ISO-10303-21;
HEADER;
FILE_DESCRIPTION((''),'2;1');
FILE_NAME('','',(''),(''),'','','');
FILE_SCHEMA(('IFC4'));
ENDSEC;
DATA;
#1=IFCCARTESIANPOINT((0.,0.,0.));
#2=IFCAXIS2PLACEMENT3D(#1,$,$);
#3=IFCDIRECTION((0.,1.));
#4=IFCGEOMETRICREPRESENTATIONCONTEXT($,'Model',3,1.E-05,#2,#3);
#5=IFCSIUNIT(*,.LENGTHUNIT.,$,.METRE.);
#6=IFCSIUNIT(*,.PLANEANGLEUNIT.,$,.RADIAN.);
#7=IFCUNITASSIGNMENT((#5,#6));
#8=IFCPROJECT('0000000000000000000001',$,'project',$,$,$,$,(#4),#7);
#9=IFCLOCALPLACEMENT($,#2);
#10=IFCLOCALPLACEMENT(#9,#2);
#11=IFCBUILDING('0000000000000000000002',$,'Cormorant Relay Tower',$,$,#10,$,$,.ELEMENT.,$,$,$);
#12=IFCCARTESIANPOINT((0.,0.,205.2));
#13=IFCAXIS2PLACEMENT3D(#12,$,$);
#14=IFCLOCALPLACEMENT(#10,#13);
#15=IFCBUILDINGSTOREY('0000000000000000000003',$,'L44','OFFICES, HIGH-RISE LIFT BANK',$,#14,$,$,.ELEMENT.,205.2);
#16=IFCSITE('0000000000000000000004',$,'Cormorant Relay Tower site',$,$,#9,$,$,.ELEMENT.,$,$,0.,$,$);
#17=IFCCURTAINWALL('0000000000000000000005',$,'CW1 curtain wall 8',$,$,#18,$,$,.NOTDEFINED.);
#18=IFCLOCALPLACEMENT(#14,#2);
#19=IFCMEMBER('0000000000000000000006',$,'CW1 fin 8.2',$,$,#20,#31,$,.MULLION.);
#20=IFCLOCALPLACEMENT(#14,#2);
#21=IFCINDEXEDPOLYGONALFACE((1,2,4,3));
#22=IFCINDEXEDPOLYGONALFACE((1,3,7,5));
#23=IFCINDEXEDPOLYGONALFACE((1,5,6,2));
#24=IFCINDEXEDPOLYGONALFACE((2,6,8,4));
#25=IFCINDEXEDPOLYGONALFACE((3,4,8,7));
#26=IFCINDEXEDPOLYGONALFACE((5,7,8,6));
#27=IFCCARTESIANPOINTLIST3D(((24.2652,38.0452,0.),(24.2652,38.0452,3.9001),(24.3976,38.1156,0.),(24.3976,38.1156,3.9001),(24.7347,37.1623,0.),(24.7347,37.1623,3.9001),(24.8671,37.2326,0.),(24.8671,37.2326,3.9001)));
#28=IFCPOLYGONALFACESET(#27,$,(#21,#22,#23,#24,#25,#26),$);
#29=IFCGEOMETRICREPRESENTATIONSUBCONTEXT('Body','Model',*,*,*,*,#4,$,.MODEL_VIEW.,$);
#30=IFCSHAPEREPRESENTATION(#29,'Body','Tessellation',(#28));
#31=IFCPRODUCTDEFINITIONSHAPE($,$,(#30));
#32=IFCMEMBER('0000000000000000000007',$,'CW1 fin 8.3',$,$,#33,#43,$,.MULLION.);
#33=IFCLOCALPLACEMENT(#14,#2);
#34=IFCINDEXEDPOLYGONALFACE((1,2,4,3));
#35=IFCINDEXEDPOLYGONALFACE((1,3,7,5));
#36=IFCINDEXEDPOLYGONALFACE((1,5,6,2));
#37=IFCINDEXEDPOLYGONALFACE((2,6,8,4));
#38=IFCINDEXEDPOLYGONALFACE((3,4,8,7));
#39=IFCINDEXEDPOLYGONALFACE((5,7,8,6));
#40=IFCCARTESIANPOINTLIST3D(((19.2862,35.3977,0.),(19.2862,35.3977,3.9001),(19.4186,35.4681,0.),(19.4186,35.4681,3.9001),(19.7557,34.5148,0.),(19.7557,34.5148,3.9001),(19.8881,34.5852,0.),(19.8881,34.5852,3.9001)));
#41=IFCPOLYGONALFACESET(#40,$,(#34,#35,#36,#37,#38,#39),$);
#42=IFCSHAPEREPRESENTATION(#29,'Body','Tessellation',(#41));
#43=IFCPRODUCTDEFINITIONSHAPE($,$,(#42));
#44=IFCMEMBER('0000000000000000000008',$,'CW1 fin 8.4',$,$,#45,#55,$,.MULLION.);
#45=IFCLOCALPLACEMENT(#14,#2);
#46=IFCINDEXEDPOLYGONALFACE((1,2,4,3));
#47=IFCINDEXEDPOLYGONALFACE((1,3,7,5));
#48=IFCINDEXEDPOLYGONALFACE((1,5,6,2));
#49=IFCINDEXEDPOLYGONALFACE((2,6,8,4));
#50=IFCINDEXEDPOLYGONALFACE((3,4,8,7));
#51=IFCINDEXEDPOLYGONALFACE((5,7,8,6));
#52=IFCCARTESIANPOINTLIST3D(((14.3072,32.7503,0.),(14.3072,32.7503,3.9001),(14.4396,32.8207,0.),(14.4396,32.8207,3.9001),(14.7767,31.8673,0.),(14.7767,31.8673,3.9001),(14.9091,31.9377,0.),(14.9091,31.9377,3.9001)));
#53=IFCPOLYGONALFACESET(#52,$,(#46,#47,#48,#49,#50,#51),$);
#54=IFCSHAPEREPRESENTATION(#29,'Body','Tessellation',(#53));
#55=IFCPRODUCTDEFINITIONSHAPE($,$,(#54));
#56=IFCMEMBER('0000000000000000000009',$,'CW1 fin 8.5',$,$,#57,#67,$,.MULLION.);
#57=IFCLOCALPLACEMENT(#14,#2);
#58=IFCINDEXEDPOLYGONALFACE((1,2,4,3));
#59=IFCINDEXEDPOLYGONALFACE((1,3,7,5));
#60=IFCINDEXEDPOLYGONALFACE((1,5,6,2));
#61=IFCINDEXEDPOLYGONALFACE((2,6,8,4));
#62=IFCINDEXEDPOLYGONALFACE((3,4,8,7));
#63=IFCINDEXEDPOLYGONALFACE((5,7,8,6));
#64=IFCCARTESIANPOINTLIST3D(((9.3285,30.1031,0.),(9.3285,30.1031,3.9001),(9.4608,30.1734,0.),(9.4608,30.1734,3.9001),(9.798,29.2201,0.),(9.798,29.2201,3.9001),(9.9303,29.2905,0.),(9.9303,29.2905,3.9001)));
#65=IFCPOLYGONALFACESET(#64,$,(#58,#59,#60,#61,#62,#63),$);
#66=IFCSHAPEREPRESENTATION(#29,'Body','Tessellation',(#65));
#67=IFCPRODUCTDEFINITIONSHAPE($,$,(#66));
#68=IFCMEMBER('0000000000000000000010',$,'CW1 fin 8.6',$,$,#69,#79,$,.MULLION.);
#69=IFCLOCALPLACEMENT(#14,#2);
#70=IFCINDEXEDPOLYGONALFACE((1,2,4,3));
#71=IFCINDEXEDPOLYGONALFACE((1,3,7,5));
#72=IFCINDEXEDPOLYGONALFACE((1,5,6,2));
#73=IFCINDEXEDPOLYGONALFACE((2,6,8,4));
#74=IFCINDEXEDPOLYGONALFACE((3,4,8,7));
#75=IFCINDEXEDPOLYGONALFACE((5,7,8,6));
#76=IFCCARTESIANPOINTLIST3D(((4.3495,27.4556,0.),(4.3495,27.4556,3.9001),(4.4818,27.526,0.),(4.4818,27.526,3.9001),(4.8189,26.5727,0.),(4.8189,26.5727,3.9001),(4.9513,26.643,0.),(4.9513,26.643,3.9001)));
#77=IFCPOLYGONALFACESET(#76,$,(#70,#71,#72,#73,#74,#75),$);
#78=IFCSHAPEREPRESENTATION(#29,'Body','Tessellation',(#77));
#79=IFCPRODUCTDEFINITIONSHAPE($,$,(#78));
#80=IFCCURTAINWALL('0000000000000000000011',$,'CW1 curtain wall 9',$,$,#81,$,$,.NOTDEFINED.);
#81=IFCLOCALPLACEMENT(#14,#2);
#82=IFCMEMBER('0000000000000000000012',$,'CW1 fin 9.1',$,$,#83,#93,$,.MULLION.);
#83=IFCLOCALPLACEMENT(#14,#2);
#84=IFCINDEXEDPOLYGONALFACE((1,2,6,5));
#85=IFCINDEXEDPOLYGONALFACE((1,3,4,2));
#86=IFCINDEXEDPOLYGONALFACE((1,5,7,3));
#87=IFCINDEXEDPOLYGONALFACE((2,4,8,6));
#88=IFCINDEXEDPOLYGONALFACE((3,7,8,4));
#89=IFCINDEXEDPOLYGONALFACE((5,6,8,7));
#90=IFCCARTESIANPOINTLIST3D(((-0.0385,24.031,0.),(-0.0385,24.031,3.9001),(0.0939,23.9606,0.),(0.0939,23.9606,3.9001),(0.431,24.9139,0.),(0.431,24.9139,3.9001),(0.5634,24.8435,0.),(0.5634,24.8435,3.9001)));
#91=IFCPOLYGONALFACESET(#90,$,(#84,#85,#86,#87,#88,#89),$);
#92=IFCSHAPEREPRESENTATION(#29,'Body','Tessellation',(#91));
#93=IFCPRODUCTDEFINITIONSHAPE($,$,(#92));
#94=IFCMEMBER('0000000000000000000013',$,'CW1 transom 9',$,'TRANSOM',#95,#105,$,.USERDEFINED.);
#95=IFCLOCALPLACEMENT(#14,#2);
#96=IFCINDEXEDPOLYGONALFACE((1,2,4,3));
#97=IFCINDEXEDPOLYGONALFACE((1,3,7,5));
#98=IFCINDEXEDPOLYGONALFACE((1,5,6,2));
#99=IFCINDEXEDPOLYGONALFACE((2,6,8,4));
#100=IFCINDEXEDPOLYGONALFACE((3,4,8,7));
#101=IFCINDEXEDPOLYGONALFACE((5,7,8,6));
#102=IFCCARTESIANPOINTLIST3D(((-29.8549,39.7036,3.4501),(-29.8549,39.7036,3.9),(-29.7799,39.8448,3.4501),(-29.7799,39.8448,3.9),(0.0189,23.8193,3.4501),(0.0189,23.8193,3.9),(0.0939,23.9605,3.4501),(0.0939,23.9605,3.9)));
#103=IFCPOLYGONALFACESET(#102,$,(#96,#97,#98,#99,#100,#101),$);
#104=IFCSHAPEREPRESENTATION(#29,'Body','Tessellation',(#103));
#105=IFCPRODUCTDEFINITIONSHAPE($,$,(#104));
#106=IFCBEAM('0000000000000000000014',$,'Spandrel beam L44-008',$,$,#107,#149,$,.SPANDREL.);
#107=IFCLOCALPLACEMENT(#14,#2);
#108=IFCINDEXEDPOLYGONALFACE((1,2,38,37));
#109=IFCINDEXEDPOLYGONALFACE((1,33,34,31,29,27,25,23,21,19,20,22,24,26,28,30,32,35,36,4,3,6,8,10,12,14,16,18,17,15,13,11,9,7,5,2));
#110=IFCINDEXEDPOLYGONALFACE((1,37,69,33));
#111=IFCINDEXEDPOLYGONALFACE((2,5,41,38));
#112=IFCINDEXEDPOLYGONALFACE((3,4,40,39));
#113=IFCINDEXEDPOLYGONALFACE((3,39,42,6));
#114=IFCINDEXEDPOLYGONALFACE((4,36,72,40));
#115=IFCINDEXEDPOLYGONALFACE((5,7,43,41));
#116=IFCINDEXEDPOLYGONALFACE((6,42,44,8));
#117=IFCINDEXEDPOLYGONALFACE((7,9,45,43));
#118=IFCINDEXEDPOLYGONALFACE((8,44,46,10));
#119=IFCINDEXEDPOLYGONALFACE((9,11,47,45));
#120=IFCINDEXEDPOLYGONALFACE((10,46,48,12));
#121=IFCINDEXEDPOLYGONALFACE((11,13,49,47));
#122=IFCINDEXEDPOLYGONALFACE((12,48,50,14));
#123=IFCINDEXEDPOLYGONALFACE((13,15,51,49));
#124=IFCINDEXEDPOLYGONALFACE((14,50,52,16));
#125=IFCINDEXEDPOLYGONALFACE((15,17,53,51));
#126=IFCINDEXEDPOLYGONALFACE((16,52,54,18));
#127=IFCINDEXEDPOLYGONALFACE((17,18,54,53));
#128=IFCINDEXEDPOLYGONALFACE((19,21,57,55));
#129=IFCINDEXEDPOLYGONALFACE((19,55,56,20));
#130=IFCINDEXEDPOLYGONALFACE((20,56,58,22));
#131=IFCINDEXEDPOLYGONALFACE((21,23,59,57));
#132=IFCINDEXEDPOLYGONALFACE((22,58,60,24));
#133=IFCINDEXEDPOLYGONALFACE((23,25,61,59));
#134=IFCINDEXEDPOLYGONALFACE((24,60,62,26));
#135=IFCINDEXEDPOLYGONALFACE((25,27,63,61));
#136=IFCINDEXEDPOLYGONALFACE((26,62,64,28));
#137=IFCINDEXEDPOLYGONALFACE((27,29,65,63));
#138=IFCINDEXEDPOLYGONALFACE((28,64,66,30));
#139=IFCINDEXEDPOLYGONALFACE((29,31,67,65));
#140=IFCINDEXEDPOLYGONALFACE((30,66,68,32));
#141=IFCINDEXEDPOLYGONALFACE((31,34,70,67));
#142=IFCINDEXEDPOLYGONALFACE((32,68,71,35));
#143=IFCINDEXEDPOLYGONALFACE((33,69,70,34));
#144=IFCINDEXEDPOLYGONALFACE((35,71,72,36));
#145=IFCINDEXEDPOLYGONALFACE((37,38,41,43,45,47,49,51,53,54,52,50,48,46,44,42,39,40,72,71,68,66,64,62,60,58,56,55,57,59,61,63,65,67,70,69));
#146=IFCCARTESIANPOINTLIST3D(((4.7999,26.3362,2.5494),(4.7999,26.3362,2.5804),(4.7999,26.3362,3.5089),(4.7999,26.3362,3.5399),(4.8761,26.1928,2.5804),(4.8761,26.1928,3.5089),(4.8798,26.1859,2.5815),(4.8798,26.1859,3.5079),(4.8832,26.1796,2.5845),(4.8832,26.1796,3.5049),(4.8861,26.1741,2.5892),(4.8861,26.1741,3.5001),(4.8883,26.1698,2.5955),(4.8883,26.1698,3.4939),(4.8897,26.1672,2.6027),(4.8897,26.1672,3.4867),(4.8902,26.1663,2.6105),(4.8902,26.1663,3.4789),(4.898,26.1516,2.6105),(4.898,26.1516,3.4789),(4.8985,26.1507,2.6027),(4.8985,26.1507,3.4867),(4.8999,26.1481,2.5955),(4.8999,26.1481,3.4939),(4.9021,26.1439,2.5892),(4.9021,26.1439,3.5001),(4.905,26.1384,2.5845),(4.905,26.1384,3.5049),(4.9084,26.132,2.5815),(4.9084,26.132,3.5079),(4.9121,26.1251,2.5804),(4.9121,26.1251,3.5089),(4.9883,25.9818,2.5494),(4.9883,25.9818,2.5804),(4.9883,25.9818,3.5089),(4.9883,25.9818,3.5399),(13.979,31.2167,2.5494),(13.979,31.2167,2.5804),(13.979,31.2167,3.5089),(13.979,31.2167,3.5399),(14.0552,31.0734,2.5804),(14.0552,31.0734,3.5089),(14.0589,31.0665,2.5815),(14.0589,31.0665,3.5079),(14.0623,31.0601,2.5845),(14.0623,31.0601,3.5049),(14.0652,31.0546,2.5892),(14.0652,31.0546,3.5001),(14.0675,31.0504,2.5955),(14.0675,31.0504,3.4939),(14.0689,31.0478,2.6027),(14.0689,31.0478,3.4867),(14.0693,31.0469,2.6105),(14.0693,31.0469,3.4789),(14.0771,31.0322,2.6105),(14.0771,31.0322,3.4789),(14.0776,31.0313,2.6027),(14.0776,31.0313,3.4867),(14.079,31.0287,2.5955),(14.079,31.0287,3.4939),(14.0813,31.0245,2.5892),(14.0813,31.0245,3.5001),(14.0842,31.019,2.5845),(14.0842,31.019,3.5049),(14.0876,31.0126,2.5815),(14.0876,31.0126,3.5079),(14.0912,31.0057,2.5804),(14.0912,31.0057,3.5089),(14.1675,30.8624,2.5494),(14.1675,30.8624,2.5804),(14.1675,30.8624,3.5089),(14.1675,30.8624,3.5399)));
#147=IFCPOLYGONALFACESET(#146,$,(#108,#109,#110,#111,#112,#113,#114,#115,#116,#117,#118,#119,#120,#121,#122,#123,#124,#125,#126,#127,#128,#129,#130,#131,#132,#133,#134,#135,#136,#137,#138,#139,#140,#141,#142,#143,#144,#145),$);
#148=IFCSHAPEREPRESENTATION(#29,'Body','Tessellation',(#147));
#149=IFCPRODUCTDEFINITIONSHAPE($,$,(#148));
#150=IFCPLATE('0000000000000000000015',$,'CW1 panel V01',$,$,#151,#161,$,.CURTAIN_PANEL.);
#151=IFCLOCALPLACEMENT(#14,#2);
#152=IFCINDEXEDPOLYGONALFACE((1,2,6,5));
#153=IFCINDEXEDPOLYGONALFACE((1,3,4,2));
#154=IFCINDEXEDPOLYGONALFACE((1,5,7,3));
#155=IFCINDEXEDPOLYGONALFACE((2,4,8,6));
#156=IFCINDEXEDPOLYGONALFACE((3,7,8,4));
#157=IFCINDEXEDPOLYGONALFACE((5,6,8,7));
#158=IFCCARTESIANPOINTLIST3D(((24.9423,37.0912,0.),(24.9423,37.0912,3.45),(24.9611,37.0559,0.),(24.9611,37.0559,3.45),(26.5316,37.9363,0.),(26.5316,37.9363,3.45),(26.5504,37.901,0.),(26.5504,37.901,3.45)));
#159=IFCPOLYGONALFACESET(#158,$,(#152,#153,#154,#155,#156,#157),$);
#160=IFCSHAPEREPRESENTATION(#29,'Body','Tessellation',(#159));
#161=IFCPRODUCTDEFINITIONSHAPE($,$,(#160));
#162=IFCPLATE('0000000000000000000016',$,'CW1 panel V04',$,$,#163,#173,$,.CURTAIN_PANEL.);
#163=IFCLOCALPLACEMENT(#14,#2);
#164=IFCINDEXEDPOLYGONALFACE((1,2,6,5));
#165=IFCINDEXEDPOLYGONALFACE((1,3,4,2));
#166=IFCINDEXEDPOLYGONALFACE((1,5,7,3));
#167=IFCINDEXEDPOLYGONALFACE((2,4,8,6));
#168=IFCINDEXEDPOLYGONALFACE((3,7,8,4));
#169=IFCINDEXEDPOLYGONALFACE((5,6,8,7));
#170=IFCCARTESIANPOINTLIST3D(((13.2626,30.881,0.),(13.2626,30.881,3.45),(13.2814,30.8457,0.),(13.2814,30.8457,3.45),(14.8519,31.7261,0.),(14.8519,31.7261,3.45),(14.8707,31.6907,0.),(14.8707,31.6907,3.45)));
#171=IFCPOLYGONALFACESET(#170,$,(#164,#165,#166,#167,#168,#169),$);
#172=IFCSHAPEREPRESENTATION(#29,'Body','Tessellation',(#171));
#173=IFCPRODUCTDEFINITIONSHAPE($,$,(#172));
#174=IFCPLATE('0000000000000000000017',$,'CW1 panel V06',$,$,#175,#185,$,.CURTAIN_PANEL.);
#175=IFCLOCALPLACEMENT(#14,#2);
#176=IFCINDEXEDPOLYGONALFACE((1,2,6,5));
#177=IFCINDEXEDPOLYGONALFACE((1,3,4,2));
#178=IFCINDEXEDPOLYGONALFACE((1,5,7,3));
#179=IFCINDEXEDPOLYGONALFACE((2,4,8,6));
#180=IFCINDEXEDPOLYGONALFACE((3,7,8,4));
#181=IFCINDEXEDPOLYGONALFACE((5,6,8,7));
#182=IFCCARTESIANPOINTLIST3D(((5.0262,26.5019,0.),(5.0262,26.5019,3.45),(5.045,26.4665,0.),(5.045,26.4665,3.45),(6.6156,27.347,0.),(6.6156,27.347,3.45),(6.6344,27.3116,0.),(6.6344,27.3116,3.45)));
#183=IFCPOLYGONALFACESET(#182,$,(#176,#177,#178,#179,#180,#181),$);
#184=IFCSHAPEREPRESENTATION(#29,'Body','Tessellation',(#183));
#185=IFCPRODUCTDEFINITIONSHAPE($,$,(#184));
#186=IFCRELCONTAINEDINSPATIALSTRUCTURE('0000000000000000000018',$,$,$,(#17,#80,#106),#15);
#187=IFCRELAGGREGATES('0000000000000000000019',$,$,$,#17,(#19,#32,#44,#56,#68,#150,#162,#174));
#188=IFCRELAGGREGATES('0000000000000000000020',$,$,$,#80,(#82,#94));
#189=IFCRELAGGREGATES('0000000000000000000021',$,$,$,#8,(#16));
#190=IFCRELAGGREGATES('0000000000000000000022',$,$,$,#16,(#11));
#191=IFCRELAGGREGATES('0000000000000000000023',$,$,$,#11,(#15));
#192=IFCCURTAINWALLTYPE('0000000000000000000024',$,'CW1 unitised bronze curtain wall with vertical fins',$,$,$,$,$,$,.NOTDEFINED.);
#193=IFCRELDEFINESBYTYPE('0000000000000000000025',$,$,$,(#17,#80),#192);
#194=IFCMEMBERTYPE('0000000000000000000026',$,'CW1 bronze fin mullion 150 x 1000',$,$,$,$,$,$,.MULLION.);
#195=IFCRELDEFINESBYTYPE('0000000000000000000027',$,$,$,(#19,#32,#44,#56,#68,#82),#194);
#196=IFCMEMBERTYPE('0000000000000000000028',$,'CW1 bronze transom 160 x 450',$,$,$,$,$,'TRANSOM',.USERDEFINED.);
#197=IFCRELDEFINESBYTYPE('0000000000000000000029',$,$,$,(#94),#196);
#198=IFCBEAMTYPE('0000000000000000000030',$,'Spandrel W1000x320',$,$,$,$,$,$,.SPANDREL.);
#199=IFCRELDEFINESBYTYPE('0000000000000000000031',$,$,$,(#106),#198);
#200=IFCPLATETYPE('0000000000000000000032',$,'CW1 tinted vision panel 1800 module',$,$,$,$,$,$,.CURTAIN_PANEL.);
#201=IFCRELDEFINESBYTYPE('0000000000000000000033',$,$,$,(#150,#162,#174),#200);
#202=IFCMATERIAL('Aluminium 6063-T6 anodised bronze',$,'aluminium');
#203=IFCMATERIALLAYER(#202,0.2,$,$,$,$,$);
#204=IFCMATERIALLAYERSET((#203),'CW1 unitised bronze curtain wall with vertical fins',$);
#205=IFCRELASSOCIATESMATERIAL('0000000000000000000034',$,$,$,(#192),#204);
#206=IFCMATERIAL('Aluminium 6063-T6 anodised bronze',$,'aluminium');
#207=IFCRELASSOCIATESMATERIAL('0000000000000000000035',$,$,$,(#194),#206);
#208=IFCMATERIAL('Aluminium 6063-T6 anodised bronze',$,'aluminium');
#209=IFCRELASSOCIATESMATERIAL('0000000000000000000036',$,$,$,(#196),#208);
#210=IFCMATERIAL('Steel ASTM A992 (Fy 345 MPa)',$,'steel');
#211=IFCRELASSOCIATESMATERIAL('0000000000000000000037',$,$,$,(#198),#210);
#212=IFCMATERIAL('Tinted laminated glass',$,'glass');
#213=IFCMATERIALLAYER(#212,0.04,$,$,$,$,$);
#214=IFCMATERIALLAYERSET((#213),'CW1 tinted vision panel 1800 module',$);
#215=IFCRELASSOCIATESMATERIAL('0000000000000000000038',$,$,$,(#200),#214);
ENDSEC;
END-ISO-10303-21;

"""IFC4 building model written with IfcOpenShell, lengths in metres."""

from ifc_helpers import new_model, si_unit, direction, frame, origin, origin_2d, place, context, subcontext, project, spatial, rectangle, i_section, extrude, material, layer, layer_set, material_profile, profile_set, type_object, element, aggregate, save


model = new_model("IFC4")

# Units and contexts
model_context = context("Model", 3, precision=1e-05, world=origin(), true_north=direction((0.0, 1.0)))
body_context = subcontext(model_context, "Body", "Model", "MODEL_VIEW")
ifc_project = project(units=[si_unit("LENGTHUNIT", "METRE"), si_unit("PLANEANGLEUNIT", "RADIAN")], contexts=[model_context])

# Site, building, storey
site_placement = place(None, origin())
site = spatial("IfcSite", under=ifc_project, at=site_placement, Name="Cormorant Relay Tower site", CompositionType="ELEMENT", RefElevation=0.0)
building_placement = place(site_placement, origin())
building = spatial("IfcBuilding", under=site, at=building_placement, Name="Cormorant Relay Tower", CompositionType="ELEMENT")
storey_placement = place(building_placement, frame((0.0, 0.0, 205.2)))
storey = spatial("IfcBuildingStorey", under=building, at=storey_placement, Name="L44", Description="OFFICES, HIGH-RISE LIFT BANK", CompositionType="ELEMENT", Elevation=205.2)

# Curtain walls, members
ifc_material_1 = material(Name="Aluminium 6063-T6 anodised bronze", Category="aluminium")
ifc_layer_1 = layer(ifc_material_1, 0.2)
ifc_layer_set_1 = layer_set([ifc_layer_1], Name="CW1 unitised bronze curtain wall with vertical fins")
curtain_wall_type = type_object("IfcCurtainWallType", Name="CW1 unitised bronze curtain wall with vertical fins", PredefinedType="NOTDEFINED", material=ifc_layer_set_1)
curtain_wall_1_placement = place(storey_placement, origin())
curtain_wall_1 = element("IfcCurtainWall", 1, at=curtain_wall_1_placement, inside=storey, type_object=curtain_wall_type, Name="CW1 curtain wall 8", PredefinedType="NOTDEFINED")
ifc_material_2 = material(Name="Aluminium 6063-T6 anodised bronze", Category="aluminium")
ifc_material_profile_1 = material_profile(ifc_material_2, rectangle(XDim=0.1499, YDim=1.0, at=origin_2d()), Name="AL 150x1000")
ifc_profile_set_1 = profile_set([ifc_material_profile_1], Name="Aluminium 6063-T6 anodised bronze")
member_type_1 = type_object("IfcMemberType", Name="CW1 bronze fin mullion 150 x 1000", PredefinedType="MULLION", material=ifc_profile_set_1)
member_1_placement = place(storey_placement, frame((24.5662, 37.6389, 0.0), z_axis=(0.0, 0.0, 1.0), x_axis=(-0.882948, -0.469472, 0.0)))
member_1 = element("IfcMember", 2, at=member_1_placement, type_object=member_type_1, Name="CW1 fin 8.2", PredefinedType="MULLION", context=body_context, shape_type="SweptSolid", body=[
    extrude(rectangle(XDim=0.1499, YDim=1.0, at=origin_2d()), origin(), (0.0, 0.0, 1.0), 3.9001),
])
member_2_placement = place(storey_placement, frame((19.5872, 34.9915, 0.0), z_axis=(0.0, 0.0, 1.0), x_axis=(-0.882948, -0.469472, 0.0)))
member_2 = element("IfcMember", 3, at=member_2_placement, type_object=member_type_1, Name="CW1 fin 8.3", PredefinedType="MULLION", context=body_context, shape_type="SweptSolid", body=[
    extrude(rectangle(XDim=0.1499, YDim=1.0, at=origin_2d()), origin(), (0.0, 0.0, 1.0), 3.9001),
])
member_3_placement = place(storey_placement, frame((14.6082, 32.344, 0.0), z_axis=(0.0, 0.0, 1.0), x_axis=(-0.882948, -0.469472, 0.0)))
member_3 = element("IfcMember", 4, at=member_3_placement, type_object=member_type_1, Name="CW1 fin 8.4", PredefinedType="MULLION", context=body_context, shape_type="SweptSolid", body=[
    extrude(rectangle(XDim=0.1499, YDim=1.0, at=origin_2d()), origin(), (0.0, 0.0, 1.0), 3.9001),
])
member_4_placement = place(storey_placement, frame((9.6294, 29.6968, 0.0), z_axis=(0.0, 0.0, 1.0), x_axis=(-0.882948, -0.469472, 0.0)))
member_4 = element("IfcMember", 5, at=member_4_placement, type_object=member_type_1, Name="CW1 fin 8.5", PredefinedType="MULLION", context=body_context, shape_type="SweptSolid", body=[
    extrude(rectangle(XDim=0.1499, YDim=1.0, at=origin_2d()), origin(), (0.0, 0.0, 1.0), 3.9001),
])
member_5_placement = place(storey_placement, frame((4.6504, 27.0493, 0.0), z_axis=(0.0, 0.0, 1.0), x_axis=(-0.882948, -0.469472, 0.0)))
member_5 = element("IfcMember", 6, at=member_5_placement, type_object=member_type_1, Name="CW1 fin 8.6", PredefinedType="MULLION", context=body_context, shape_type="SweptSolid", body=[
    extrude(rectangle(XDim=0.1499, YDim=1.0, at=origin_2d()), origin(), (0.0, 0.0, 1.0), 3.9001),
])
curtain_wall_2_placement = place(storey_placement, origin())
curtain_wall_2 = element("IfcCurtainWall", 7, at=curtain_wall_2_placement, inside=storey, type_object=curtain_wall_type, Name="CW1 curtain wall 9", PredefinedType="NOTDEFINED")
member_6_placement = place(storey_placement, frame((0.2625, 24.4373, 0.0), z_axis=(0.0, 0.0, 1.0), x_axis=(-0.882948, 0.469472, 0.0)))
member_6 = element("IfcMember", 8, at=member_6_placement, type_object=member_type_1, Name="CW1 fin 9.1", PredefinedType="MULLION", context=body_context, shape_type="SweptSolid", body=[
    extrude(rectangle(XDim=0.1499, YDim=1.0, at=origin_2d()), origin(), (0.0, 0.0, 1.0), 3.9001),
])
ifc_material_3 = material(Name="Aluminium 6063-T6 anodised bronze", Category="aluminium")
ifc_material_profile_2 = material_profile(ifc_material_3, rectangle(XDim=0.1599, YDim=0.45, at=origin_2d()), Name="AL 160x450")
ifc_profile_set_2 = profile_set([ifc_material_profile_2], Name="Aluminium 6063-T6 anodised bronze")
member_type_2 = type_object("IfcMemberType", Name="CW1 bronze transom 160 x 450", ElementType="TRANSOM", PredefinedType="USERDEFINED", material=ifc_profile_set_2)
member_7_placement = place(storey_placement, frame((0.0564, 23.8899, 3.675), z_axis=(-0.882946, 0.469474, 0.0), x_axis=(-0.469474, -0.882946, 0.0)))
member_7 = element("IfcMember", 9, at=member_7_placement, type_object=member_type_2, Name="CW1 transom 9", ObjectType="TRANSOM", PredefinedType="USERDEFINED", context=body_context, shape_type="SweptSolid", body=[
    extrude(rectangle(XDim=0.1599, YDim=0.45, at=origin_2d()), origin(), (0.0, 0.0, 1.0), 33.8342),
])

# Beam
ifc_material_4 = material(Name="Steel ASTM A992 (Fy 345 MPa)", Category="steel")
ifc_material_profile_3 = material_profile(ifc_material_4, i_section(OverallWidth=0.4014, OverallDepth=0.9905, WebThickness=0.0166, FlangeThickness=0.031, FilletRadius=0.03, at=origin_2d()), Name="W1000x320")
ifc_profile_set_3 = profile_set([ifc_material_profile_3], Name="Steel ASTM A992 (Fy 345 MPa)")
beam_type = type_object("IfcBeamType", Name="Spandrel W1000x320", PredefinedType="SPANDREL", material=ifc_profile_set_3)
beam_placement = place(storey_placement, frame((14.0732, 31.0396, 3.0447), z_axis=(-0.88295, -0.469468, 0.0), x_axis=(0.469468, -0.88295, 0.0)))
element("IfcBeam", 10, at=beam_placement, inside=storey, type_object=beam_type, Name="Spandrel beam L44-008", PredefinedType="SPANDREL", context=body_context, shape_type="SweptSolid", body=[
    extrude(i_section(OverallWidth=0.4014, OverallDepth=0.9905, WebThickness=0.0166, FlangeThickness=0.031, FilletRadius=0.03, at=origin_2d()), origin(), (0.0, 0.0, 1.0), 10.396),
])

# Plates
ifc_material_5 = material(Name="Tinted laminated glass", Category="glass")
ifc_layer_2 = layer(ifc_material_5, 0.04)
ifc_layer_set_2 = layer_set([ifc_layer_2], Name="CW1 tinted vision panel 1800 module")
plate_type_1 = type_object("IfcPlateType", Name="CW1 tinted vision panel 1800 module", PredefinedType="CURTAIN_PANEL", material=ifc_layer_set_2)
plate_1_placement = place(storey_placement, frame((25.7463, 37.4961, 0.0), z_axis=(0.0, 0.0, 1.0), x_axis=(-0.882948, -0.469472, 0.0)))
plate_1 = element("IfcPlate", 11, at=plate_1_placement, type_object=plate_type_1, Name="CW1 panel V01", PredefinedType="CURTAIN_PANEL", context=body_context, shape_type="SweptSolid", body=[
    extrude(rectangle(XDim=1.8, YDim=0.04, at=origin_2d()), origin(), (0.0, 0.0, 1.0), 3.45),
])
plate_2_placement = place(storey_placement, frame((14.0667, 31.2859, 0.0), z_axis=(0.0, 0.0, 1.0), x_axis=(-0.882948, -0.469472, 0.0)))
plate_2 = element("IfcPlate", 12, at=plate_2_placement, type_object=plate_type_1, Name="CW1 panel V04", PredefinedType="CURTAIN_PANEL", context=body_context, shape_type="SweptSolid", body=[
    extrude(rectangle(XDim=1.8, YDim=0.04, at=origin_2d()), origin(), (0.0, 0.0, 1.0), 3.45),
])
plate_3_placement = place(storey_placement, frame((5.8303, 26.9067, 0.0), z_axis=(0.0, 0.0, 1.0), x_axis=(-0.882948, -0.469472, 0.0)))
plate_3 = element("IfcPlate", 13, at=plate_3_placement, type_object=plate_type_1, Name="CW1 panel V06", PredefinedType="CURTAIN_PANEL", context=body_context, shape_type="SweptSolid", body=[
    extrude(rectangle(XDim=1.8, YDim=0.04, at=origin_2d()), origin(), (0.0, 0.0, 1.0), 3.45),
])

aggregate(curtain_wall_1, [member_1, member_2, member_3, member_4, member_5, plate_1, plate_2, plate_3])
aggregate(curtain_wall_2, [member_6, member_7])

save(model, "model.ifc")
